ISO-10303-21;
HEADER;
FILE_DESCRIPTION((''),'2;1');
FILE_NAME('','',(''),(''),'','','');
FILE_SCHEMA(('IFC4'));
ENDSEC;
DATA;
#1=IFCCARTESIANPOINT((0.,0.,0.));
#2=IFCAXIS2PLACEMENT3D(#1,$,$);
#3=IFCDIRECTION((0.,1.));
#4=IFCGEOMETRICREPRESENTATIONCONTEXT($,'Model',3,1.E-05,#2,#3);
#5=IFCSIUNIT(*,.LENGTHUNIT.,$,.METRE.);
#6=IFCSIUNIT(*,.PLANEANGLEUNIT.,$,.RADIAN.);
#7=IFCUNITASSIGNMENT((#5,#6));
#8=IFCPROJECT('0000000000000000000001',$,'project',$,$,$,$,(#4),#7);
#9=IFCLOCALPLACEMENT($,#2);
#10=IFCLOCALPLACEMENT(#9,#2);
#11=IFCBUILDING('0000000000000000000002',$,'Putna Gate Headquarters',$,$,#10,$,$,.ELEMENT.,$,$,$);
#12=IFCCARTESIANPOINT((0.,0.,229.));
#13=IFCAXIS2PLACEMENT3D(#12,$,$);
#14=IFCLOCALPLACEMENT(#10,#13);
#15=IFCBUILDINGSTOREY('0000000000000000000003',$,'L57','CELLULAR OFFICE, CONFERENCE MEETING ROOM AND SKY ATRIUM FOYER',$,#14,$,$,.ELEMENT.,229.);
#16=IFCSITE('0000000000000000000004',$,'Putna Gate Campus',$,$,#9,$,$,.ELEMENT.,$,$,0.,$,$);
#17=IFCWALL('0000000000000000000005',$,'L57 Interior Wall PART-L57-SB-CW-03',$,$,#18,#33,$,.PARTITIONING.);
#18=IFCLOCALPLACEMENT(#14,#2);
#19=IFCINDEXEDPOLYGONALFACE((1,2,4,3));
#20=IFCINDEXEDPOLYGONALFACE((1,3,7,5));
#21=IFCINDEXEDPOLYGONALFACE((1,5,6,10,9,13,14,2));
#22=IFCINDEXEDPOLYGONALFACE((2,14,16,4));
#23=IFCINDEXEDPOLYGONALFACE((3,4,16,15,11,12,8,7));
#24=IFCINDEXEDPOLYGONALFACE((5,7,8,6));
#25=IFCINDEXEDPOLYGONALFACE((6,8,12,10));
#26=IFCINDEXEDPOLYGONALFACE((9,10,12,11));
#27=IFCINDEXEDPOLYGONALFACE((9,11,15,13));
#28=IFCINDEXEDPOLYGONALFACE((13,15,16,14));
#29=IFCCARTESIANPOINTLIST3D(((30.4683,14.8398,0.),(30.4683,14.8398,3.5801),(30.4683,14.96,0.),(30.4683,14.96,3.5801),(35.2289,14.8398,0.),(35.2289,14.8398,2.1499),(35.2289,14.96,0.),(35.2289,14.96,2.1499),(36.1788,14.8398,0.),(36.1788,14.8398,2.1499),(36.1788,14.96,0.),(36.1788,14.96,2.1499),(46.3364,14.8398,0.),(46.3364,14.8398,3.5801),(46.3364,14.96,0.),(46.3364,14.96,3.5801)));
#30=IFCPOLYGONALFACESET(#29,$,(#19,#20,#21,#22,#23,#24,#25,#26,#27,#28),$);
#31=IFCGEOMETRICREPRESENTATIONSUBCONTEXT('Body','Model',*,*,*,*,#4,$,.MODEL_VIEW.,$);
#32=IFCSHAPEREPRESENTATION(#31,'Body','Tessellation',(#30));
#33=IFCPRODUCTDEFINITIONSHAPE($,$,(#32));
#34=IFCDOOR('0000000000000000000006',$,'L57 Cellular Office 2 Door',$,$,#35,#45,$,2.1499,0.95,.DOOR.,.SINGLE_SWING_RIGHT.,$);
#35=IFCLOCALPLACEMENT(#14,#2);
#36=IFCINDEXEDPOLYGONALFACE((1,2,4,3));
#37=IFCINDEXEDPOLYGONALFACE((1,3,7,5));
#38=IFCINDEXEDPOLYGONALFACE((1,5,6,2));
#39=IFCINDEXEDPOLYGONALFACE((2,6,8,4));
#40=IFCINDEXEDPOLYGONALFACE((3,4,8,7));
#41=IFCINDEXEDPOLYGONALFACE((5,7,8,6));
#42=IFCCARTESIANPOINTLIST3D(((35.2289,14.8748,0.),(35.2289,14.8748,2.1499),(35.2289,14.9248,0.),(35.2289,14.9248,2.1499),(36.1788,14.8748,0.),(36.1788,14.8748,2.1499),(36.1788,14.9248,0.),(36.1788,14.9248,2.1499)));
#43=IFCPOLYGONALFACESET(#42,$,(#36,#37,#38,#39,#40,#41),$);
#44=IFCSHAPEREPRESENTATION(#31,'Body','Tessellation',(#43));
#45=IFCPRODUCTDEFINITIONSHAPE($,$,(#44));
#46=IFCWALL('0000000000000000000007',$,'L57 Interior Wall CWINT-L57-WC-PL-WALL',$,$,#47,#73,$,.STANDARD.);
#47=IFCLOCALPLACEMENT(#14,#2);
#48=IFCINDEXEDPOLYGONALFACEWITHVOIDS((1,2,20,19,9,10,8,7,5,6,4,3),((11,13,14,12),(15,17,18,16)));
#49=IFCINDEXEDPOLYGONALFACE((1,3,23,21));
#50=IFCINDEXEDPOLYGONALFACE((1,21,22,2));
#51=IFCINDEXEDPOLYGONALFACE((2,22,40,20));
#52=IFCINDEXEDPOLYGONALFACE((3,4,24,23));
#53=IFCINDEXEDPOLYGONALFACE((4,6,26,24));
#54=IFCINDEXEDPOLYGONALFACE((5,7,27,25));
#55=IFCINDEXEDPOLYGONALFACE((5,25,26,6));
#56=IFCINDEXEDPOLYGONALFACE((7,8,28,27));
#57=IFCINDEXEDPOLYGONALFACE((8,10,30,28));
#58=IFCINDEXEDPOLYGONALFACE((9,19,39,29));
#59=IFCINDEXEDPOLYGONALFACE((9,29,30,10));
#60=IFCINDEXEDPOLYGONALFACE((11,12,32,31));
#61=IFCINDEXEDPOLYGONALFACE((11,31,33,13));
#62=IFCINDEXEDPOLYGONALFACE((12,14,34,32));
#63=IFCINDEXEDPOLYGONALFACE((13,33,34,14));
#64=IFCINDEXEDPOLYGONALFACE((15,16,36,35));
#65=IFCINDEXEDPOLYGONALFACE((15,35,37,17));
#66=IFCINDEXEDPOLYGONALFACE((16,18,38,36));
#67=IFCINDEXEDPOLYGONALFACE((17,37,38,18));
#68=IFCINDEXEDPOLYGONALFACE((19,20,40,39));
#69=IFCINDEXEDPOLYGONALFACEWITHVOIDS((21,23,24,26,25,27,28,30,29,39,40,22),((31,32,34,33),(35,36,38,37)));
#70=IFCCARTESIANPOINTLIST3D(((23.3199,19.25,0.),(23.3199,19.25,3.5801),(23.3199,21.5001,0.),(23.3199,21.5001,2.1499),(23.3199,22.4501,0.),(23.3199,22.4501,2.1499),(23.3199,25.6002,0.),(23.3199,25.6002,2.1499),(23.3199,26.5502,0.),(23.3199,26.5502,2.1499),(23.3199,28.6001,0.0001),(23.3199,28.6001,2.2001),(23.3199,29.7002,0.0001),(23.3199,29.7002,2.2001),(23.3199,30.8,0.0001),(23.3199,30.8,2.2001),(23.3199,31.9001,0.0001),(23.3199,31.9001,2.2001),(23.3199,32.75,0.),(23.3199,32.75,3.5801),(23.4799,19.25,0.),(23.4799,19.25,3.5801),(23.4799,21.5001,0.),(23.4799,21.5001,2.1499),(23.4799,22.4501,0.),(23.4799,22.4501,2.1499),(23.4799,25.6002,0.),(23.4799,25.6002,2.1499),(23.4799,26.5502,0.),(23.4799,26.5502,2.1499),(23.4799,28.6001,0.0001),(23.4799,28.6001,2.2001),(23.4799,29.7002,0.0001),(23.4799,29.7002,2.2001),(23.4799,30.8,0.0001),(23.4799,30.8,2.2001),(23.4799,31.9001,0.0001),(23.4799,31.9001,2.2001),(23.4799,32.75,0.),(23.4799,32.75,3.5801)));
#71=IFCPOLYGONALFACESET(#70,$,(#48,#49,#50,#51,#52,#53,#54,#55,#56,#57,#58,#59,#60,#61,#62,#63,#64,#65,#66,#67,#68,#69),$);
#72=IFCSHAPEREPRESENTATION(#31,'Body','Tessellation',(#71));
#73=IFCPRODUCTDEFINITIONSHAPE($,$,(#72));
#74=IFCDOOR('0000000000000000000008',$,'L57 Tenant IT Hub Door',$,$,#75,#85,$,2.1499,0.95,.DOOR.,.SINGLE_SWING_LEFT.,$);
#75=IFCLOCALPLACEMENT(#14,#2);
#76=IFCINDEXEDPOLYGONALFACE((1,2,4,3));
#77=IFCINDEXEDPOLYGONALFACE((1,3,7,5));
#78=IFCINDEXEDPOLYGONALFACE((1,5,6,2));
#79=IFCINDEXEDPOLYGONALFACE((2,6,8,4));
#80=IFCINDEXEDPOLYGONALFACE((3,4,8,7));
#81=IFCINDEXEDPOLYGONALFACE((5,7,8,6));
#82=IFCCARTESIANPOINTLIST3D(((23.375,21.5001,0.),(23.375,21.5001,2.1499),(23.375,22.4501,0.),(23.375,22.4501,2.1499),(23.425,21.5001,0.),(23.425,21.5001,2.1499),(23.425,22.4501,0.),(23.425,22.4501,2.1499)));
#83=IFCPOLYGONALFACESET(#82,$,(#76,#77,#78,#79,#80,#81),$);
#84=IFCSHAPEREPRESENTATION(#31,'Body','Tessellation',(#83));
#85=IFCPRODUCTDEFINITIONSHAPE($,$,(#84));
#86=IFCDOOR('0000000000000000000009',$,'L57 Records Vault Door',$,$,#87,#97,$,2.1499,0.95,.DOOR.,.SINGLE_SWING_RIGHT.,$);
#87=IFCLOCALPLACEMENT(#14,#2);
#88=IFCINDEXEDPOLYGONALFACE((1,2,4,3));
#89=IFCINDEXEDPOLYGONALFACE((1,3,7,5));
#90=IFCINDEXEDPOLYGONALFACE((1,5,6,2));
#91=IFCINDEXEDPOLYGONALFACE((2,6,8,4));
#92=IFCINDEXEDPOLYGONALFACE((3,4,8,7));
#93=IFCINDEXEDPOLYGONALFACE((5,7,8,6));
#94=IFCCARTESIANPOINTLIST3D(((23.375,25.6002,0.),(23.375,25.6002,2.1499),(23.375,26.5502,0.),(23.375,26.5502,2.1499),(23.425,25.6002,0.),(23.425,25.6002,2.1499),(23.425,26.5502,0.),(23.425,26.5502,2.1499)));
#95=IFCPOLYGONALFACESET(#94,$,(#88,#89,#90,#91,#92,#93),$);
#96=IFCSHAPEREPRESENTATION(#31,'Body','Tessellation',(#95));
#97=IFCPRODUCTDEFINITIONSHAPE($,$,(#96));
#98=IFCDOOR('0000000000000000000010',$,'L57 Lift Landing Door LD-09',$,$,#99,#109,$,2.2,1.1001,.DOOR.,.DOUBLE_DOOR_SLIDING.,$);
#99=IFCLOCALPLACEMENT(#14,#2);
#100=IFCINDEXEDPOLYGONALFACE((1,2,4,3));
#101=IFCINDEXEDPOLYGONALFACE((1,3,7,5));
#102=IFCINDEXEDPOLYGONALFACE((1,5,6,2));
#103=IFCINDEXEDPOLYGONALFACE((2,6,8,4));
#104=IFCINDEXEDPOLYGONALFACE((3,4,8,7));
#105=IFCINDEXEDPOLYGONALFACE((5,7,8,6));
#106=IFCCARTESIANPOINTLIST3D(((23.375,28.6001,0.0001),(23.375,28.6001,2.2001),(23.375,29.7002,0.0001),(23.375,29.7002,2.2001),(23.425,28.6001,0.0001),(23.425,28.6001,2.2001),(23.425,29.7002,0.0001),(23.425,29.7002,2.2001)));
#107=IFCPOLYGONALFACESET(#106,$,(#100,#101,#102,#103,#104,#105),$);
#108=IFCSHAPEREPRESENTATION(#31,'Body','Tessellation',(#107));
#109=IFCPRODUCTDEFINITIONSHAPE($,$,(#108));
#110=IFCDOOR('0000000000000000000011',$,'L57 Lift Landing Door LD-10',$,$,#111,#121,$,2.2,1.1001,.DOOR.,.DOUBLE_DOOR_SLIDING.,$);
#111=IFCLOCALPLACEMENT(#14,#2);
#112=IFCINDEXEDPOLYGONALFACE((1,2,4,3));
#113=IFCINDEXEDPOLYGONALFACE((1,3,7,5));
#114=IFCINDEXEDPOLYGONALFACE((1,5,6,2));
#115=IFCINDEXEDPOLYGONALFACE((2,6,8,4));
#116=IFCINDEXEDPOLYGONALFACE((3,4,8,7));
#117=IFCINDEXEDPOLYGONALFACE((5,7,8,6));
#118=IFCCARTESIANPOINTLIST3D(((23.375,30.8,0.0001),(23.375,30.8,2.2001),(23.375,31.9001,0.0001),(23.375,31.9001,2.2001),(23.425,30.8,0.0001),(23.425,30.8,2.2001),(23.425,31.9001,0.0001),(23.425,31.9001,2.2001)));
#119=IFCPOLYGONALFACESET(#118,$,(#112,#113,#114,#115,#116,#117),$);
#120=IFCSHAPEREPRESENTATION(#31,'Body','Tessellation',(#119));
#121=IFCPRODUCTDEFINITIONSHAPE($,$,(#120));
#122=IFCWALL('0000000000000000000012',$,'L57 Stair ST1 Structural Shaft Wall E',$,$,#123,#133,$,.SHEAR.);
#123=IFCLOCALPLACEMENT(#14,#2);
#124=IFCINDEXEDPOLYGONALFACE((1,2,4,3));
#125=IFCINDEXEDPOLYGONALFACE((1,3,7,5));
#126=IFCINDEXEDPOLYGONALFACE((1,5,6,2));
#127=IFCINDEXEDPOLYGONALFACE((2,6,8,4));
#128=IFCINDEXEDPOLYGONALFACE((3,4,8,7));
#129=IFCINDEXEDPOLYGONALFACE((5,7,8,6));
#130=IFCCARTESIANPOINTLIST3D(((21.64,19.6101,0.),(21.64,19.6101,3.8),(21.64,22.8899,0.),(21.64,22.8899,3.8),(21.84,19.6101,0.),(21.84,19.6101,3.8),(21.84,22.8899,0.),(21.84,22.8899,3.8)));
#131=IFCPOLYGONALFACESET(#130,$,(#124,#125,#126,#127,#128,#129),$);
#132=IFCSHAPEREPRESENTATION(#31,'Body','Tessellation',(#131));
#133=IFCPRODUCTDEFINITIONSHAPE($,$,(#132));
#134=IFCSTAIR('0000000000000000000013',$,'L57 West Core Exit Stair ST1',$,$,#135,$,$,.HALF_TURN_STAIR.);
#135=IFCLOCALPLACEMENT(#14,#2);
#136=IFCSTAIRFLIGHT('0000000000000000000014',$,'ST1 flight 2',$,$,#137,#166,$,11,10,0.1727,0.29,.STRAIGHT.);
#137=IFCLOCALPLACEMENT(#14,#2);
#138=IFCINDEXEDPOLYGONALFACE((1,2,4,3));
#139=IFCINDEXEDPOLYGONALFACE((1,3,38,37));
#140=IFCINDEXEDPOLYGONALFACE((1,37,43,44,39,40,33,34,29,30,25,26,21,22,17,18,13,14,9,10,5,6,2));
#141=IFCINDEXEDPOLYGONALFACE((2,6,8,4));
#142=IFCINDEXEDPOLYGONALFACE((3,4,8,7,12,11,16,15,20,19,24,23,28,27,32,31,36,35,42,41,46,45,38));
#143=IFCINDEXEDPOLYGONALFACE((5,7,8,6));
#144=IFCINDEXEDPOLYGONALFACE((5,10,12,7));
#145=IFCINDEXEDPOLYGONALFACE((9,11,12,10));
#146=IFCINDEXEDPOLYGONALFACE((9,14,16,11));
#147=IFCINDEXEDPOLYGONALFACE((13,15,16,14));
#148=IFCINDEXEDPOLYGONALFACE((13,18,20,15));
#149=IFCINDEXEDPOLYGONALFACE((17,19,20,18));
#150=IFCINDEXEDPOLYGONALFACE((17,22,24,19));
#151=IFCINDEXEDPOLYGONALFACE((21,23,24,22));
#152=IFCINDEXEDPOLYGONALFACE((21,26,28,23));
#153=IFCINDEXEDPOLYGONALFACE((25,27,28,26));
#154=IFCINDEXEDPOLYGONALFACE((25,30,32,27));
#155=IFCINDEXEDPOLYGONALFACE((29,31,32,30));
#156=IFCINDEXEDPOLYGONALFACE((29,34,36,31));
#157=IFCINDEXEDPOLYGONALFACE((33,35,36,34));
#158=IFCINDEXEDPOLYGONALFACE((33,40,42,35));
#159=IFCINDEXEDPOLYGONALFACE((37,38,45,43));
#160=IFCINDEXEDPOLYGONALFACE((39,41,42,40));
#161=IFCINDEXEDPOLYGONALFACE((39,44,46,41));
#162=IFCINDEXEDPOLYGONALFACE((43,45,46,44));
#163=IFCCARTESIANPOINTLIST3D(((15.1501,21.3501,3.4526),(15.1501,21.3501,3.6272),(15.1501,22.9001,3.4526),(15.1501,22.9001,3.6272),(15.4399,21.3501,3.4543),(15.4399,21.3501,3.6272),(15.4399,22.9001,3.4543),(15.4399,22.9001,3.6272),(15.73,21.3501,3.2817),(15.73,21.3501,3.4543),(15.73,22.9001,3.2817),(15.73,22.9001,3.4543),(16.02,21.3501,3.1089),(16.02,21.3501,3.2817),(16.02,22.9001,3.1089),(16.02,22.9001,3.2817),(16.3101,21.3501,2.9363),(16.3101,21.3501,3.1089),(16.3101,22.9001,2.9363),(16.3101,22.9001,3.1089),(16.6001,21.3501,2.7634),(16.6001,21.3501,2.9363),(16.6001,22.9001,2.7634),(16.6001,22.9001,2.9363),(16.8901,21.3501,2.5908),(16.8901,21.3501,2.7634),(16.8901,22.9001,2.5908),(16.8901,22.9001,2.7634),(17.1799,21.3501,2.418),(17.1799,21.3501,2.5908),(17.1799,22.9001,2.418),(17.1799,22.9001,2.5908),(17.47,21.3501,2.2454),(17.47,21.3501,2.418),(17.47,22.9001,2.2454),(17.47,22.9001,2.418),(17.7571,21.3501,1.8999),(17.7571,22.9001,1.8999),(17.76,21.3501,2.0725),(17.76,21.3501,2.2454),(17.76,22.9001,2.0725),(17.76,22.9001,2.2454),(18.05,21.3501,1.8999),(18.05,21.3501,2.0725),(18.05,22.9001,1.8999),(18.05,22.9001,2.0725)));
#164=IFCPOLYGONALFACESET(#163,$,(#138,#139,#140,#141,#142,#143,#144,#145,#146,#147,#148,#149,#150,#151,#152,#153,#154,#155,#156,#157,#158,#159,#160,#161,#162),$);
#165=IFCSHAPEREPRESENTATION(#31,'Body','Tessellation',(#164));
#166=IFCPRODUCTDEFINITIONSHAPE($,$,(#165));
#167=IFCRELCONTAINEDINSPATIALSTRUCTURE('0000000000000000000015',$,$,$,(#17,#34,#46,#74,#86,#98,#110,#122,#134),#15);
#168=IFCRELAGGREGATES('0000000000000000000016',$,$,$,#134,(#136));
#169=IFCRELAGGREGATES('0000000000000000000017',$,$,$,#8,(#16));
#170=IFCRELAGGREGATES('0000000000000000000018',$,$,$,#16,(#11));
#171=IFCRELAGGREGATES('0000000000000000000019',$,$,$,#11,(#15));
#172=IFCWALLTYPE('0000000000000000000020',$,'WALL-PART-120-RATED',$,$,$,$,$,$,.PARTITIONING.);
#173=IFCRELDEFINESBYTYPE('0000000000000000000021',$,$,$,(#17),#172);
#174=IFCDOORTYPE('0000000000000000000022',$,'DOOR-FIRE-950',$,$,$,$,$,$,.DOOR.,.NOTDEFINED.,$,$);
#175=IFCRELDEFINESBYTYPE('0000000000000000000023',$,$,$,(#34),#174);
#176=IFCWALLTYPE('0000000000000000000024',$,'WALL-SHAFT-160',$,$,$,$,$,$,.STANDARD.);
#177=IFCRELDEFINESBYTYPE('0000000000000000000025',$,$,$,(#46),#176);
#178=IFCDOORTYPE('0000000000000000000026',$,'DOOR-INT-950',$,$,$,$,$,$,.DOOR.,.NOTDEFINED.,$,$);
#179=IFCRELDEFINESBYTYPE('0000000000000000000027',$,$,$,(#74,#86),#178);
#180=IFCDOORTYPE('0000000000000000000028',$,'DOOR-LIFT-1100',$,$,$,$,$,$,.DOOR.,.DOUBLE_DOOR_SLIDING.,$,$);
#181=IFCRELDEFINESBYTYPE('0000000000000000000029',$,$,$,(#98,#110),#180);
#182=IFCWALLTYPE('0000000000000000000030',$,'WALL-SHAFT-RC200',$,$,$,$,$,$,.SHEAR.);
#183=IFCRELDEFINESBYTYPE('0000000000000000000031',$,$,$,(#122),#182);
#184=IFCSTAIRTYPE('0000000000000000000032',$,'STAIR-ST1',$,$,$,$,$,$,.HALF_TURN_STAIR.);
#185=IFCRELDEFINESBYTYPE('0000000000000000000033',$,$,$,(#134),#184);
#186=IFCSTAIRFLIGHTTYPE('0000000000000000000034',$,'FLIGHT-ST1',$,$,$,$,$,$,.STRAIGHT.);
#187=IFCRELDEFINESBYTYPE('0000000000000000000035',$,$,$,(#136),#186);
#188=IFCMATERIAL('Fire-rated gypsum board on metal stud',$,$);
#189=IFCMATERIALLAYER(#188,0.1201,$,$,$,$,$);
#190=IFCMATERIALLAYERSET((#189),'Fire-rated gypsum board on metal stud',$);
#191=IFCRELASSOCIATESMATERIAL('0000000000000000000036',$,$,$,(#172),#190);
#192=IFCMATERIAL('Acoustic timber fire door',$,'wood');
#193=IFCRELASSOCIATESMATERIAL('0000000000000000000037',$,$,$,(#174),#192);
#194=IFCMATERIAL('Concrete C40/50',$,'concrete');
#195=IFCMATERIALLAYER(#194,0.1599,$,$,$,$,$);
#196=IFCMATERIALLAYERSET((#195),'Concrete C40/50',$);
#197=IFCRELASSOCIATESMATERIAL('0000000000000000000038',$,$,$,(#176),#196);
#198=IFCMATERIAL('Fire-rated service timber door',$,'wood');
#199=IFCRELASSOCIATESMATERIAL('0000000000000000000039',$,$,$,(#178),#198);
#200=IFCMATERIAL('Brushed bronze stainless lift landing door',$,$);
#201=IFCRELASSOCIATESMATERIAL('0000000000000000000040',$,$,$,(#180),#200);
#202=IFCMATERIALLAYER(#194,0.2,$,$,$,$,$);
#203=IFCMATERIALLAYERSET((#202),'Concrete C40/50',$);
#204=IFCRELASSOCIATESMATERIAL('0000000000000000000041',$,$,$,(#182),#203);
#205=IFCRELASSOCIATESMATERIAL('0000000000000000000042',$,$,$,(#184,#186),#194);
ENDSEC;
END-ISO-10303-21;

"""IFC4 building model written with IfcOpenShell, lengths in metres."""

from ifc_helpers import new_model, si_unit, direction, frame, frame_2d, origin, place, context, subcontext, project, spatial, polyline, rectangle, outline, extrude, material, layer, layer_set, type_object, element, fill, aggregate, save


model = new_model("IFC4")

# Units and contexts
model_context = context("Model", 3, precision=1e-05, world=origin(), true_north=direction((0.0, 1.0)))
body_context = subcontext(model_context, "Body", "Model", "MODEL_VIEW")
ifc_project = project(units=[si_unit("LENGTHUNIT", "METRE"), si_unit("PLANEANGLEUNIT", "RADIAN")], contexts=[model_context])

# Site, building, storey
site_placement = place(None, origin())
site = spatial("IfcSite", under=ifc_project, at=site_placement, Name="Putna Gate Campus", CompositionType="ELEMENT", RefElevation=0.0)
building_placement = place(site_placement, origin())
building = spatial("IfcBuilding", under=site, at=building_placement, Name="Putna Gate Headquarters", CompositionType="ELEMENT")
storey_placement = place(building_placement, frame((0.0, 0.0, 229.0)))
storey = spatial("IfcBuildingStorey", under=building, at=storey_placement, Name="L57", Description="CELLULAR OFFICE, CONFERENCE MEETING ROOM AND SKY ATRIUM FOYER", CompositionType="ELEMENT", Elevation=229.0)

# Wall, opening, door
ifc_material_1 = material(Name="Fire-rated gypsum board on metal stud")
ifc_layer_1 = layer(ifc_material_1, 0.1201)
ifc_layer_set_1 = layer_set([ifc_layer_1], Name="Fire-rated gypsum board on metal stud")
wall_type_1 = type_object("IfcWallType", Name="WALL-PART-120-RATED", PredefinedType="PARTITIONING", material=ifc_layer_set_1)
ifc_material_2 = material(Name="Acoustic timber fire door", Category="wood")
door_type_1 = type_object("IfcDoorType", Name="DOOR-FIRE-950", OperationType="NOTDEFINED", PredefinedType="DOOR", material=ifc_material_2)
wall_1_placement = place(storey_placement, frame((30.4683, 14.8999, 0.0), z_axis=(0.0, 0.0, 1.0), x_axis=(1.0, 0.0, 0.0)))
wall_1 = element("IfcWall", 1, at=wall_1_placement, inside=storey, type_object=wall_type_1, Name="L57 Interior Wall PART-L57-SB-CW-03", PredefinedType="PARTITIONING", context=body_context, shape_type="SweptSolid", body=[
    extrude(rectangle(XDim=15.8682, YDim=0.1201, at=frame_2d((7.9341, 0.0))), origin(), (0.0, 0.0, 1.0), 3.5801),
])
opening_1_placement = place(wall_1_placement, frame((4.7605, 0.0, 0.0)))
opening_1 = element("IfcOpeningElement", 2, at=opening_1_placement, cuts=wall_1, PredefinedType="OPENING", context=body_context, shape_type="SweptSolid", body=[
    extrude(rectangle(XDim=0.95, YDim=2.1499, at=frame_2d((0.4751, 1.075))), frame((0.0, 0.0701, 0.0), z_axis=(0.0, -1.0, 0.0), x_axis=(1.0, 0.0, 0.0)), (0.0, 0.0, 1.0), 0.1401),
])
door_1_placement = place(opening_1_placement, origin())
door_1 = element("IfcDoor", 3, at=door_1_placement, inside=storey, type_object=door_type_1, Name="L57 Cellular Office 2 Door", OperationType="SINGLE_SWING_RIGHT", OverallHeight=2.1499, OverallWidth=0.95, PredefinedType="DOOR", context=body_context, shape_type="SweptSolid", body=[
    extrude(rectangle(XDim=0.95, YDim=2.1499, at=frame_2d((0.4751, 1.075))), frame((0.0, 0.0249, 0.0), z_axis=(0.0, -1.0, 0.0), x_axis=(1.0, 0.0, 0.0)), (0.0, 0.0, 1.0), 0.05),
])
fill(opening_1, door_1)

# Wall, openings, doors
ifc_material_3 = material(Name="Concrete C40/50", Category="concrete")
ifc_layer_2 = layer(ifc_material_3, 0.1599)
ifc_layer_set_2 = layer_set([ifc_layer_2], Name="Concrete C40/50")
wall_type_2 = type_object("IfcWallType", Name="WALL-SHAFT-160", PredefinedType="STANDARD", material=ifc_layer_set_2)
wall_2_placement = place(storey_placement, frame((23.3999, 19.25, 0.0), z_axis=(0.0, 0.0, 1.0), x_axis=(0.0, 1.0, 0.0)))
wall_2 = element("IfcWall", 4, at=wall_2_placement, inside=storey, type_object=wall_type_2, Name="L57 Interior Wall CWINT-L57-WC-PL-WALL", PredefinedType="STANDARD", context=body_context, shape_type="SweptSolid", body=[
    extrude(rectangle(XDim=13.5, YDim=0.1599, at=frame_2d((6.75, 0.0))), origin(), (0.0, 0.0, 1.0), 3.5801),
])
opening_2_placement = place(wall_2_placement, frame((2.25, 0.0, 0.0)))
opening_2 = element("IfcOpeningElement", 5, at=opening_2_placement, cuts=wall_2, PredefinedType="OPENING", context=body_context, shape_type="SweptSolid", body=[
    extrude(rectangle(XDim=0.95, YDim=2.1499, at=frame_2d((0.4751, 1.075))), frame((0.0, 0.0898, 0.0), z_axis=(0.0, -1.0, 0.0), x_axis=(1.0, 0.0, 0.0)), (0.0, 0.0, 1.0), 0.1799),
])
opening_3_placement = place(wall_2_placement, frame((6.3501, 0.0, 0.0)))
opening_3 = element("IfcOpeningElement", 6, at=opening_3_placement, cuts=wall_2, PredefinedType="OPENING", context=body_context, shape_type="SweptSolid", body=[
    extrude(rectangle(XDim=0.95, YDim=2.1499, at=frame_2d((0.4751, 1.075))), frame((0.0, 0.0898, 0.0), z_axis=(0.0, -1.0, 0.0), x_axis=(1.0, 0.0, 0.0)), (0.0, 0.0, 1.0), 0.1799),
])
opening_4_placement = place(wall_2_placement, frame((9.3501, 0.0, 0.0)))
opening_4 = element("IfcOpeningElement", 7, at=opening_4_placement, cuts=wall_2, PredefinedType="OPENING", context=body_context, shape_type="SweptSolid", body=[
    extrude(rectangle(XDim=1.1001, YDim=2.2, at=frame_2d((0.55, 1.1001))), frame((0.0, 0.0898, 0.0), z_axis=(0.0, -1.0, 0.0), x_axis=(1.0, 0.0, 0.0)), (0.0, 0.0, 1.0), 0.1799),
])
opening_5_placement = place(wall_2_placement, frame((11.55, 0.0, 0.0)))
opening_5 = element("IfcOpeningElement", 8, at=opening_5_placement, cuts=wall_2, PredefinedType="OPENING", context=body_context, shape_type="SweptSolid", body=[
    extrude(rectangle(XDim=1.1001, YDim=2.2, at=frame_2d((0.55, 1.1001))), frame((0.0, 0.0898, 0.0), z_axis=(0.0, -1.0, 0.0), x_axis=(1.0, 0.0, 0.0)), (0.0, 0.0, 1.0), 0.1799),
])
ifc_material_4 = material(Name="Fire-rated service timber door", Category="wood")
door_type_2 = type_object("IfcDoorType", Name="DOOR-INT-950", OperationType="NOTDEFINED", PredefinedType="DOOR", material=ifc_material_4)
door_2_placement = place(opening_2_placement, origin())
door_2 = element("IfcDoor", 9, at=door_2_placement, inside=storey, type_object=door_type_2, Name="L57 Tenant IT Hub Door", OperationType="SINGLE_SWING_LEFT", OverallHeight=2.1499, OverallWidth=0.95, PredefinedType="DOOR", context=body_context, shape_type="SweptSolid", body=[
    extrude(rectangle(XDim=0.95, YDim=2.1499, at=frame_2d((0.4751, 1.075))), frame((0.0, 0.0249, 0.0), z_axis=(0.0, -1.0, 0.0), x_axis=(1.0, 0.0, 0.0)), (0.0, 0.0, 1.0), 0.05),
])
fill(opening_2, door_2)
door_3_placement = place(opening_3_placement, origin())
door_3 = element("IfcDoor", 10, at=door_3_placement, inside=storey, type_object=door_type_2, Name="L57 Records Vault Door", OperationType="SINGLE_SWING_RIGHT", OverallHeight=2.1499, OverallWidth=0.95, PredefinedType="DOOR", context=body_context, shape_type="SweptSolid", body=[
    extrude(rectangle(XDim=0.95, YDim=2.1499, at=frame_2d((0.4751, 1.075))), frame((0.0, 0.0249, 0.0), z_axis=(0.0, -1.0, 0.0), x_axis=(1.0, 0.0, 0.0)), (0.0, 0.0, 1.0), 0.05),
])
fill(opening_3, door_3)
ifc_material_5 = material(Name="Brushed bronze stainless lift landing door")
door_type_3 = type_object("IfcDoorType", Name="DOOR-LIFT-1100", OperationType="DOUBLE_DOOR_SLIDING", PredefinedType="DOOR", material=ifc_material_5)
door_4_placement = place(opening_4_placement, origin())
door_4 = element("IfcDoor", 11, at=door_4_placement, inside=storey, type_object=door_type_3, Name="L57 Lift Landing Door LD-09", OperationType="DOUBLE_DOOR_SLIDING", OverallHeight=2.2, OverallWidth=1.1001, PredefinedType="DOOR", context=body_context, shape_type="SweptSolid", body=[
    extrude(rectangle(XDim=1.1001, YDim=2.2, at=frame_2d((0.55, 1.1001))), frame((0.0, 0.0249, 0.0), z_axis=(0.0, -1.0, 0.0), x_axis=(1.0, 0.0, 0.0)), (0.0, 0.0, 1.0), 0.05),
])
fill(opening_4, door_4)
door_5_placement = place(opening_5_placement, origin())
door_5 = element("IfcDoor", 12, at=door_5_placement, inside=storey, type_object=door_type_3, Name="L57 Lift Landing Door LD-10", OperationType="DOUBLE_DOOR_SLIDING", OverallHeight=2.2, OverallWidth=1.1001, PredefinedType="DOOR", context=body_context, shape_type="SweptSolid", body=[
    extrude(rectangle(XDim=1.1001, YDim=2.2, at=frame_2d((0.55, 1.1001))), frame((0.0, 0.0249, 0.0), z_axis=(0.0, -1.0, 0.0), x_axis=(1.0, 0.0, 0.0)), (0.0, 0.0, 1.0), 0.05),
])
fill(opening_5, door_5)

# Wall
ifc_layer_3 = layer(ifc_material_3, 0.2)
ifc_layer_set_3 = layer_set([ifc_layer_3], Name="Concrete C40/50")
wall_type_3 = type_object("IfcWallType", Name="WALL-SHAFT-RC200", PredefinedType="SHEAR", material=ifc_layer_set_3)
wall_3_placement = place(storey_placement, frame((21.74, 19.6101, 0.0), z_axis=(0.0, 0.0, 1.0), x_axis=(0.0, 1.0, 0.0)))
element("IfcWall", 13, at=wall_3_placement, inside=storey, type_object=wall_type_3, Name="L57 Stair ST1 Structural Shaft Wall E", PredefinedType="SHEAR", context=body_context, shape_type="SweptSolid", body=[
    extrude(rectangle(XDim=3.2798, YDim=0.2, at=frame_2d((1.6399, 0.0))), origin(), (0.0, 0.0, 1.0), 3.8),
])

# Stair, stair flight
stair_type = type_object("IfcStairType", Name="STAIR-ST1", PredefinedType="HALF_TURN_STAIR", material=ifc_material_3)
stair_placement = place(storey_placement, origin())
stair = element("IfcStair", 14, at=stair_placement, inside=storey, type_object=stair_type, Name="L57 West Core Exit Stair ST1", PredefinedType="HALF_TURN_STAIR")
stair_flight_type = type_object("IfcStairFlightType", Name="FLIGHT-ST1", PredefinedType="STRAIGHT", material=ifc_material_3)
stair_flight_placement = place(storey_placement, frame((18.05, 22.125, 1.8999), z_axis=(0.0, 0.0, 1.0), x_axis=(-1.0, 0.0, 0.0)))
stair_flight = element("IfcStairFlight", 15, at=stair_flight_placement, type_object=stair_flight_type, Name="ST1 flight 2", NumberOfRisers=11, NumberOfTreads=10, PredefinedType="STRAIGHT", RiserHeight=0.1727, TreadLength=0.29, context=body_context, shape_type="SweptSolid", body=[
    extrude(outline(polyline([(0.0, 0.0), (0.0, 0.1726), (0.29, 0.1726), (0.29, 0.3455), (0.5801, 0.3455), (0.5801, 0.5181), (0.8701, 0.5181), (0.8701, 0.6909), (1.1599, 0.6909), (1.1599, 0.8635), (1.45, 0.8635), (1.45, 1.0364), (1.74, 1.0364), (1.74, 1.209), (2.03, 1.209), (2.03, 1.3818), (2.3201, 1.3818), (2.3201, 1.5544), (2.6101, 1.5544), (2.6101, 1.7273), (2.8999, 1.7273), (2.8999, 1.8999), (2.8999, 1.5527), (0.293, 0.0), (0.0, 0.0)])), frame((0.0, 0.7749, 0.0), z_axis=(0.0, -1.0, 0.0), x_axis=(1.0, 0.0, 0.0)), (0.0, 0.0, 1.0), 1.55),
])
aggregate(stair, [stair_flight])

save(model, "model.ifc")
